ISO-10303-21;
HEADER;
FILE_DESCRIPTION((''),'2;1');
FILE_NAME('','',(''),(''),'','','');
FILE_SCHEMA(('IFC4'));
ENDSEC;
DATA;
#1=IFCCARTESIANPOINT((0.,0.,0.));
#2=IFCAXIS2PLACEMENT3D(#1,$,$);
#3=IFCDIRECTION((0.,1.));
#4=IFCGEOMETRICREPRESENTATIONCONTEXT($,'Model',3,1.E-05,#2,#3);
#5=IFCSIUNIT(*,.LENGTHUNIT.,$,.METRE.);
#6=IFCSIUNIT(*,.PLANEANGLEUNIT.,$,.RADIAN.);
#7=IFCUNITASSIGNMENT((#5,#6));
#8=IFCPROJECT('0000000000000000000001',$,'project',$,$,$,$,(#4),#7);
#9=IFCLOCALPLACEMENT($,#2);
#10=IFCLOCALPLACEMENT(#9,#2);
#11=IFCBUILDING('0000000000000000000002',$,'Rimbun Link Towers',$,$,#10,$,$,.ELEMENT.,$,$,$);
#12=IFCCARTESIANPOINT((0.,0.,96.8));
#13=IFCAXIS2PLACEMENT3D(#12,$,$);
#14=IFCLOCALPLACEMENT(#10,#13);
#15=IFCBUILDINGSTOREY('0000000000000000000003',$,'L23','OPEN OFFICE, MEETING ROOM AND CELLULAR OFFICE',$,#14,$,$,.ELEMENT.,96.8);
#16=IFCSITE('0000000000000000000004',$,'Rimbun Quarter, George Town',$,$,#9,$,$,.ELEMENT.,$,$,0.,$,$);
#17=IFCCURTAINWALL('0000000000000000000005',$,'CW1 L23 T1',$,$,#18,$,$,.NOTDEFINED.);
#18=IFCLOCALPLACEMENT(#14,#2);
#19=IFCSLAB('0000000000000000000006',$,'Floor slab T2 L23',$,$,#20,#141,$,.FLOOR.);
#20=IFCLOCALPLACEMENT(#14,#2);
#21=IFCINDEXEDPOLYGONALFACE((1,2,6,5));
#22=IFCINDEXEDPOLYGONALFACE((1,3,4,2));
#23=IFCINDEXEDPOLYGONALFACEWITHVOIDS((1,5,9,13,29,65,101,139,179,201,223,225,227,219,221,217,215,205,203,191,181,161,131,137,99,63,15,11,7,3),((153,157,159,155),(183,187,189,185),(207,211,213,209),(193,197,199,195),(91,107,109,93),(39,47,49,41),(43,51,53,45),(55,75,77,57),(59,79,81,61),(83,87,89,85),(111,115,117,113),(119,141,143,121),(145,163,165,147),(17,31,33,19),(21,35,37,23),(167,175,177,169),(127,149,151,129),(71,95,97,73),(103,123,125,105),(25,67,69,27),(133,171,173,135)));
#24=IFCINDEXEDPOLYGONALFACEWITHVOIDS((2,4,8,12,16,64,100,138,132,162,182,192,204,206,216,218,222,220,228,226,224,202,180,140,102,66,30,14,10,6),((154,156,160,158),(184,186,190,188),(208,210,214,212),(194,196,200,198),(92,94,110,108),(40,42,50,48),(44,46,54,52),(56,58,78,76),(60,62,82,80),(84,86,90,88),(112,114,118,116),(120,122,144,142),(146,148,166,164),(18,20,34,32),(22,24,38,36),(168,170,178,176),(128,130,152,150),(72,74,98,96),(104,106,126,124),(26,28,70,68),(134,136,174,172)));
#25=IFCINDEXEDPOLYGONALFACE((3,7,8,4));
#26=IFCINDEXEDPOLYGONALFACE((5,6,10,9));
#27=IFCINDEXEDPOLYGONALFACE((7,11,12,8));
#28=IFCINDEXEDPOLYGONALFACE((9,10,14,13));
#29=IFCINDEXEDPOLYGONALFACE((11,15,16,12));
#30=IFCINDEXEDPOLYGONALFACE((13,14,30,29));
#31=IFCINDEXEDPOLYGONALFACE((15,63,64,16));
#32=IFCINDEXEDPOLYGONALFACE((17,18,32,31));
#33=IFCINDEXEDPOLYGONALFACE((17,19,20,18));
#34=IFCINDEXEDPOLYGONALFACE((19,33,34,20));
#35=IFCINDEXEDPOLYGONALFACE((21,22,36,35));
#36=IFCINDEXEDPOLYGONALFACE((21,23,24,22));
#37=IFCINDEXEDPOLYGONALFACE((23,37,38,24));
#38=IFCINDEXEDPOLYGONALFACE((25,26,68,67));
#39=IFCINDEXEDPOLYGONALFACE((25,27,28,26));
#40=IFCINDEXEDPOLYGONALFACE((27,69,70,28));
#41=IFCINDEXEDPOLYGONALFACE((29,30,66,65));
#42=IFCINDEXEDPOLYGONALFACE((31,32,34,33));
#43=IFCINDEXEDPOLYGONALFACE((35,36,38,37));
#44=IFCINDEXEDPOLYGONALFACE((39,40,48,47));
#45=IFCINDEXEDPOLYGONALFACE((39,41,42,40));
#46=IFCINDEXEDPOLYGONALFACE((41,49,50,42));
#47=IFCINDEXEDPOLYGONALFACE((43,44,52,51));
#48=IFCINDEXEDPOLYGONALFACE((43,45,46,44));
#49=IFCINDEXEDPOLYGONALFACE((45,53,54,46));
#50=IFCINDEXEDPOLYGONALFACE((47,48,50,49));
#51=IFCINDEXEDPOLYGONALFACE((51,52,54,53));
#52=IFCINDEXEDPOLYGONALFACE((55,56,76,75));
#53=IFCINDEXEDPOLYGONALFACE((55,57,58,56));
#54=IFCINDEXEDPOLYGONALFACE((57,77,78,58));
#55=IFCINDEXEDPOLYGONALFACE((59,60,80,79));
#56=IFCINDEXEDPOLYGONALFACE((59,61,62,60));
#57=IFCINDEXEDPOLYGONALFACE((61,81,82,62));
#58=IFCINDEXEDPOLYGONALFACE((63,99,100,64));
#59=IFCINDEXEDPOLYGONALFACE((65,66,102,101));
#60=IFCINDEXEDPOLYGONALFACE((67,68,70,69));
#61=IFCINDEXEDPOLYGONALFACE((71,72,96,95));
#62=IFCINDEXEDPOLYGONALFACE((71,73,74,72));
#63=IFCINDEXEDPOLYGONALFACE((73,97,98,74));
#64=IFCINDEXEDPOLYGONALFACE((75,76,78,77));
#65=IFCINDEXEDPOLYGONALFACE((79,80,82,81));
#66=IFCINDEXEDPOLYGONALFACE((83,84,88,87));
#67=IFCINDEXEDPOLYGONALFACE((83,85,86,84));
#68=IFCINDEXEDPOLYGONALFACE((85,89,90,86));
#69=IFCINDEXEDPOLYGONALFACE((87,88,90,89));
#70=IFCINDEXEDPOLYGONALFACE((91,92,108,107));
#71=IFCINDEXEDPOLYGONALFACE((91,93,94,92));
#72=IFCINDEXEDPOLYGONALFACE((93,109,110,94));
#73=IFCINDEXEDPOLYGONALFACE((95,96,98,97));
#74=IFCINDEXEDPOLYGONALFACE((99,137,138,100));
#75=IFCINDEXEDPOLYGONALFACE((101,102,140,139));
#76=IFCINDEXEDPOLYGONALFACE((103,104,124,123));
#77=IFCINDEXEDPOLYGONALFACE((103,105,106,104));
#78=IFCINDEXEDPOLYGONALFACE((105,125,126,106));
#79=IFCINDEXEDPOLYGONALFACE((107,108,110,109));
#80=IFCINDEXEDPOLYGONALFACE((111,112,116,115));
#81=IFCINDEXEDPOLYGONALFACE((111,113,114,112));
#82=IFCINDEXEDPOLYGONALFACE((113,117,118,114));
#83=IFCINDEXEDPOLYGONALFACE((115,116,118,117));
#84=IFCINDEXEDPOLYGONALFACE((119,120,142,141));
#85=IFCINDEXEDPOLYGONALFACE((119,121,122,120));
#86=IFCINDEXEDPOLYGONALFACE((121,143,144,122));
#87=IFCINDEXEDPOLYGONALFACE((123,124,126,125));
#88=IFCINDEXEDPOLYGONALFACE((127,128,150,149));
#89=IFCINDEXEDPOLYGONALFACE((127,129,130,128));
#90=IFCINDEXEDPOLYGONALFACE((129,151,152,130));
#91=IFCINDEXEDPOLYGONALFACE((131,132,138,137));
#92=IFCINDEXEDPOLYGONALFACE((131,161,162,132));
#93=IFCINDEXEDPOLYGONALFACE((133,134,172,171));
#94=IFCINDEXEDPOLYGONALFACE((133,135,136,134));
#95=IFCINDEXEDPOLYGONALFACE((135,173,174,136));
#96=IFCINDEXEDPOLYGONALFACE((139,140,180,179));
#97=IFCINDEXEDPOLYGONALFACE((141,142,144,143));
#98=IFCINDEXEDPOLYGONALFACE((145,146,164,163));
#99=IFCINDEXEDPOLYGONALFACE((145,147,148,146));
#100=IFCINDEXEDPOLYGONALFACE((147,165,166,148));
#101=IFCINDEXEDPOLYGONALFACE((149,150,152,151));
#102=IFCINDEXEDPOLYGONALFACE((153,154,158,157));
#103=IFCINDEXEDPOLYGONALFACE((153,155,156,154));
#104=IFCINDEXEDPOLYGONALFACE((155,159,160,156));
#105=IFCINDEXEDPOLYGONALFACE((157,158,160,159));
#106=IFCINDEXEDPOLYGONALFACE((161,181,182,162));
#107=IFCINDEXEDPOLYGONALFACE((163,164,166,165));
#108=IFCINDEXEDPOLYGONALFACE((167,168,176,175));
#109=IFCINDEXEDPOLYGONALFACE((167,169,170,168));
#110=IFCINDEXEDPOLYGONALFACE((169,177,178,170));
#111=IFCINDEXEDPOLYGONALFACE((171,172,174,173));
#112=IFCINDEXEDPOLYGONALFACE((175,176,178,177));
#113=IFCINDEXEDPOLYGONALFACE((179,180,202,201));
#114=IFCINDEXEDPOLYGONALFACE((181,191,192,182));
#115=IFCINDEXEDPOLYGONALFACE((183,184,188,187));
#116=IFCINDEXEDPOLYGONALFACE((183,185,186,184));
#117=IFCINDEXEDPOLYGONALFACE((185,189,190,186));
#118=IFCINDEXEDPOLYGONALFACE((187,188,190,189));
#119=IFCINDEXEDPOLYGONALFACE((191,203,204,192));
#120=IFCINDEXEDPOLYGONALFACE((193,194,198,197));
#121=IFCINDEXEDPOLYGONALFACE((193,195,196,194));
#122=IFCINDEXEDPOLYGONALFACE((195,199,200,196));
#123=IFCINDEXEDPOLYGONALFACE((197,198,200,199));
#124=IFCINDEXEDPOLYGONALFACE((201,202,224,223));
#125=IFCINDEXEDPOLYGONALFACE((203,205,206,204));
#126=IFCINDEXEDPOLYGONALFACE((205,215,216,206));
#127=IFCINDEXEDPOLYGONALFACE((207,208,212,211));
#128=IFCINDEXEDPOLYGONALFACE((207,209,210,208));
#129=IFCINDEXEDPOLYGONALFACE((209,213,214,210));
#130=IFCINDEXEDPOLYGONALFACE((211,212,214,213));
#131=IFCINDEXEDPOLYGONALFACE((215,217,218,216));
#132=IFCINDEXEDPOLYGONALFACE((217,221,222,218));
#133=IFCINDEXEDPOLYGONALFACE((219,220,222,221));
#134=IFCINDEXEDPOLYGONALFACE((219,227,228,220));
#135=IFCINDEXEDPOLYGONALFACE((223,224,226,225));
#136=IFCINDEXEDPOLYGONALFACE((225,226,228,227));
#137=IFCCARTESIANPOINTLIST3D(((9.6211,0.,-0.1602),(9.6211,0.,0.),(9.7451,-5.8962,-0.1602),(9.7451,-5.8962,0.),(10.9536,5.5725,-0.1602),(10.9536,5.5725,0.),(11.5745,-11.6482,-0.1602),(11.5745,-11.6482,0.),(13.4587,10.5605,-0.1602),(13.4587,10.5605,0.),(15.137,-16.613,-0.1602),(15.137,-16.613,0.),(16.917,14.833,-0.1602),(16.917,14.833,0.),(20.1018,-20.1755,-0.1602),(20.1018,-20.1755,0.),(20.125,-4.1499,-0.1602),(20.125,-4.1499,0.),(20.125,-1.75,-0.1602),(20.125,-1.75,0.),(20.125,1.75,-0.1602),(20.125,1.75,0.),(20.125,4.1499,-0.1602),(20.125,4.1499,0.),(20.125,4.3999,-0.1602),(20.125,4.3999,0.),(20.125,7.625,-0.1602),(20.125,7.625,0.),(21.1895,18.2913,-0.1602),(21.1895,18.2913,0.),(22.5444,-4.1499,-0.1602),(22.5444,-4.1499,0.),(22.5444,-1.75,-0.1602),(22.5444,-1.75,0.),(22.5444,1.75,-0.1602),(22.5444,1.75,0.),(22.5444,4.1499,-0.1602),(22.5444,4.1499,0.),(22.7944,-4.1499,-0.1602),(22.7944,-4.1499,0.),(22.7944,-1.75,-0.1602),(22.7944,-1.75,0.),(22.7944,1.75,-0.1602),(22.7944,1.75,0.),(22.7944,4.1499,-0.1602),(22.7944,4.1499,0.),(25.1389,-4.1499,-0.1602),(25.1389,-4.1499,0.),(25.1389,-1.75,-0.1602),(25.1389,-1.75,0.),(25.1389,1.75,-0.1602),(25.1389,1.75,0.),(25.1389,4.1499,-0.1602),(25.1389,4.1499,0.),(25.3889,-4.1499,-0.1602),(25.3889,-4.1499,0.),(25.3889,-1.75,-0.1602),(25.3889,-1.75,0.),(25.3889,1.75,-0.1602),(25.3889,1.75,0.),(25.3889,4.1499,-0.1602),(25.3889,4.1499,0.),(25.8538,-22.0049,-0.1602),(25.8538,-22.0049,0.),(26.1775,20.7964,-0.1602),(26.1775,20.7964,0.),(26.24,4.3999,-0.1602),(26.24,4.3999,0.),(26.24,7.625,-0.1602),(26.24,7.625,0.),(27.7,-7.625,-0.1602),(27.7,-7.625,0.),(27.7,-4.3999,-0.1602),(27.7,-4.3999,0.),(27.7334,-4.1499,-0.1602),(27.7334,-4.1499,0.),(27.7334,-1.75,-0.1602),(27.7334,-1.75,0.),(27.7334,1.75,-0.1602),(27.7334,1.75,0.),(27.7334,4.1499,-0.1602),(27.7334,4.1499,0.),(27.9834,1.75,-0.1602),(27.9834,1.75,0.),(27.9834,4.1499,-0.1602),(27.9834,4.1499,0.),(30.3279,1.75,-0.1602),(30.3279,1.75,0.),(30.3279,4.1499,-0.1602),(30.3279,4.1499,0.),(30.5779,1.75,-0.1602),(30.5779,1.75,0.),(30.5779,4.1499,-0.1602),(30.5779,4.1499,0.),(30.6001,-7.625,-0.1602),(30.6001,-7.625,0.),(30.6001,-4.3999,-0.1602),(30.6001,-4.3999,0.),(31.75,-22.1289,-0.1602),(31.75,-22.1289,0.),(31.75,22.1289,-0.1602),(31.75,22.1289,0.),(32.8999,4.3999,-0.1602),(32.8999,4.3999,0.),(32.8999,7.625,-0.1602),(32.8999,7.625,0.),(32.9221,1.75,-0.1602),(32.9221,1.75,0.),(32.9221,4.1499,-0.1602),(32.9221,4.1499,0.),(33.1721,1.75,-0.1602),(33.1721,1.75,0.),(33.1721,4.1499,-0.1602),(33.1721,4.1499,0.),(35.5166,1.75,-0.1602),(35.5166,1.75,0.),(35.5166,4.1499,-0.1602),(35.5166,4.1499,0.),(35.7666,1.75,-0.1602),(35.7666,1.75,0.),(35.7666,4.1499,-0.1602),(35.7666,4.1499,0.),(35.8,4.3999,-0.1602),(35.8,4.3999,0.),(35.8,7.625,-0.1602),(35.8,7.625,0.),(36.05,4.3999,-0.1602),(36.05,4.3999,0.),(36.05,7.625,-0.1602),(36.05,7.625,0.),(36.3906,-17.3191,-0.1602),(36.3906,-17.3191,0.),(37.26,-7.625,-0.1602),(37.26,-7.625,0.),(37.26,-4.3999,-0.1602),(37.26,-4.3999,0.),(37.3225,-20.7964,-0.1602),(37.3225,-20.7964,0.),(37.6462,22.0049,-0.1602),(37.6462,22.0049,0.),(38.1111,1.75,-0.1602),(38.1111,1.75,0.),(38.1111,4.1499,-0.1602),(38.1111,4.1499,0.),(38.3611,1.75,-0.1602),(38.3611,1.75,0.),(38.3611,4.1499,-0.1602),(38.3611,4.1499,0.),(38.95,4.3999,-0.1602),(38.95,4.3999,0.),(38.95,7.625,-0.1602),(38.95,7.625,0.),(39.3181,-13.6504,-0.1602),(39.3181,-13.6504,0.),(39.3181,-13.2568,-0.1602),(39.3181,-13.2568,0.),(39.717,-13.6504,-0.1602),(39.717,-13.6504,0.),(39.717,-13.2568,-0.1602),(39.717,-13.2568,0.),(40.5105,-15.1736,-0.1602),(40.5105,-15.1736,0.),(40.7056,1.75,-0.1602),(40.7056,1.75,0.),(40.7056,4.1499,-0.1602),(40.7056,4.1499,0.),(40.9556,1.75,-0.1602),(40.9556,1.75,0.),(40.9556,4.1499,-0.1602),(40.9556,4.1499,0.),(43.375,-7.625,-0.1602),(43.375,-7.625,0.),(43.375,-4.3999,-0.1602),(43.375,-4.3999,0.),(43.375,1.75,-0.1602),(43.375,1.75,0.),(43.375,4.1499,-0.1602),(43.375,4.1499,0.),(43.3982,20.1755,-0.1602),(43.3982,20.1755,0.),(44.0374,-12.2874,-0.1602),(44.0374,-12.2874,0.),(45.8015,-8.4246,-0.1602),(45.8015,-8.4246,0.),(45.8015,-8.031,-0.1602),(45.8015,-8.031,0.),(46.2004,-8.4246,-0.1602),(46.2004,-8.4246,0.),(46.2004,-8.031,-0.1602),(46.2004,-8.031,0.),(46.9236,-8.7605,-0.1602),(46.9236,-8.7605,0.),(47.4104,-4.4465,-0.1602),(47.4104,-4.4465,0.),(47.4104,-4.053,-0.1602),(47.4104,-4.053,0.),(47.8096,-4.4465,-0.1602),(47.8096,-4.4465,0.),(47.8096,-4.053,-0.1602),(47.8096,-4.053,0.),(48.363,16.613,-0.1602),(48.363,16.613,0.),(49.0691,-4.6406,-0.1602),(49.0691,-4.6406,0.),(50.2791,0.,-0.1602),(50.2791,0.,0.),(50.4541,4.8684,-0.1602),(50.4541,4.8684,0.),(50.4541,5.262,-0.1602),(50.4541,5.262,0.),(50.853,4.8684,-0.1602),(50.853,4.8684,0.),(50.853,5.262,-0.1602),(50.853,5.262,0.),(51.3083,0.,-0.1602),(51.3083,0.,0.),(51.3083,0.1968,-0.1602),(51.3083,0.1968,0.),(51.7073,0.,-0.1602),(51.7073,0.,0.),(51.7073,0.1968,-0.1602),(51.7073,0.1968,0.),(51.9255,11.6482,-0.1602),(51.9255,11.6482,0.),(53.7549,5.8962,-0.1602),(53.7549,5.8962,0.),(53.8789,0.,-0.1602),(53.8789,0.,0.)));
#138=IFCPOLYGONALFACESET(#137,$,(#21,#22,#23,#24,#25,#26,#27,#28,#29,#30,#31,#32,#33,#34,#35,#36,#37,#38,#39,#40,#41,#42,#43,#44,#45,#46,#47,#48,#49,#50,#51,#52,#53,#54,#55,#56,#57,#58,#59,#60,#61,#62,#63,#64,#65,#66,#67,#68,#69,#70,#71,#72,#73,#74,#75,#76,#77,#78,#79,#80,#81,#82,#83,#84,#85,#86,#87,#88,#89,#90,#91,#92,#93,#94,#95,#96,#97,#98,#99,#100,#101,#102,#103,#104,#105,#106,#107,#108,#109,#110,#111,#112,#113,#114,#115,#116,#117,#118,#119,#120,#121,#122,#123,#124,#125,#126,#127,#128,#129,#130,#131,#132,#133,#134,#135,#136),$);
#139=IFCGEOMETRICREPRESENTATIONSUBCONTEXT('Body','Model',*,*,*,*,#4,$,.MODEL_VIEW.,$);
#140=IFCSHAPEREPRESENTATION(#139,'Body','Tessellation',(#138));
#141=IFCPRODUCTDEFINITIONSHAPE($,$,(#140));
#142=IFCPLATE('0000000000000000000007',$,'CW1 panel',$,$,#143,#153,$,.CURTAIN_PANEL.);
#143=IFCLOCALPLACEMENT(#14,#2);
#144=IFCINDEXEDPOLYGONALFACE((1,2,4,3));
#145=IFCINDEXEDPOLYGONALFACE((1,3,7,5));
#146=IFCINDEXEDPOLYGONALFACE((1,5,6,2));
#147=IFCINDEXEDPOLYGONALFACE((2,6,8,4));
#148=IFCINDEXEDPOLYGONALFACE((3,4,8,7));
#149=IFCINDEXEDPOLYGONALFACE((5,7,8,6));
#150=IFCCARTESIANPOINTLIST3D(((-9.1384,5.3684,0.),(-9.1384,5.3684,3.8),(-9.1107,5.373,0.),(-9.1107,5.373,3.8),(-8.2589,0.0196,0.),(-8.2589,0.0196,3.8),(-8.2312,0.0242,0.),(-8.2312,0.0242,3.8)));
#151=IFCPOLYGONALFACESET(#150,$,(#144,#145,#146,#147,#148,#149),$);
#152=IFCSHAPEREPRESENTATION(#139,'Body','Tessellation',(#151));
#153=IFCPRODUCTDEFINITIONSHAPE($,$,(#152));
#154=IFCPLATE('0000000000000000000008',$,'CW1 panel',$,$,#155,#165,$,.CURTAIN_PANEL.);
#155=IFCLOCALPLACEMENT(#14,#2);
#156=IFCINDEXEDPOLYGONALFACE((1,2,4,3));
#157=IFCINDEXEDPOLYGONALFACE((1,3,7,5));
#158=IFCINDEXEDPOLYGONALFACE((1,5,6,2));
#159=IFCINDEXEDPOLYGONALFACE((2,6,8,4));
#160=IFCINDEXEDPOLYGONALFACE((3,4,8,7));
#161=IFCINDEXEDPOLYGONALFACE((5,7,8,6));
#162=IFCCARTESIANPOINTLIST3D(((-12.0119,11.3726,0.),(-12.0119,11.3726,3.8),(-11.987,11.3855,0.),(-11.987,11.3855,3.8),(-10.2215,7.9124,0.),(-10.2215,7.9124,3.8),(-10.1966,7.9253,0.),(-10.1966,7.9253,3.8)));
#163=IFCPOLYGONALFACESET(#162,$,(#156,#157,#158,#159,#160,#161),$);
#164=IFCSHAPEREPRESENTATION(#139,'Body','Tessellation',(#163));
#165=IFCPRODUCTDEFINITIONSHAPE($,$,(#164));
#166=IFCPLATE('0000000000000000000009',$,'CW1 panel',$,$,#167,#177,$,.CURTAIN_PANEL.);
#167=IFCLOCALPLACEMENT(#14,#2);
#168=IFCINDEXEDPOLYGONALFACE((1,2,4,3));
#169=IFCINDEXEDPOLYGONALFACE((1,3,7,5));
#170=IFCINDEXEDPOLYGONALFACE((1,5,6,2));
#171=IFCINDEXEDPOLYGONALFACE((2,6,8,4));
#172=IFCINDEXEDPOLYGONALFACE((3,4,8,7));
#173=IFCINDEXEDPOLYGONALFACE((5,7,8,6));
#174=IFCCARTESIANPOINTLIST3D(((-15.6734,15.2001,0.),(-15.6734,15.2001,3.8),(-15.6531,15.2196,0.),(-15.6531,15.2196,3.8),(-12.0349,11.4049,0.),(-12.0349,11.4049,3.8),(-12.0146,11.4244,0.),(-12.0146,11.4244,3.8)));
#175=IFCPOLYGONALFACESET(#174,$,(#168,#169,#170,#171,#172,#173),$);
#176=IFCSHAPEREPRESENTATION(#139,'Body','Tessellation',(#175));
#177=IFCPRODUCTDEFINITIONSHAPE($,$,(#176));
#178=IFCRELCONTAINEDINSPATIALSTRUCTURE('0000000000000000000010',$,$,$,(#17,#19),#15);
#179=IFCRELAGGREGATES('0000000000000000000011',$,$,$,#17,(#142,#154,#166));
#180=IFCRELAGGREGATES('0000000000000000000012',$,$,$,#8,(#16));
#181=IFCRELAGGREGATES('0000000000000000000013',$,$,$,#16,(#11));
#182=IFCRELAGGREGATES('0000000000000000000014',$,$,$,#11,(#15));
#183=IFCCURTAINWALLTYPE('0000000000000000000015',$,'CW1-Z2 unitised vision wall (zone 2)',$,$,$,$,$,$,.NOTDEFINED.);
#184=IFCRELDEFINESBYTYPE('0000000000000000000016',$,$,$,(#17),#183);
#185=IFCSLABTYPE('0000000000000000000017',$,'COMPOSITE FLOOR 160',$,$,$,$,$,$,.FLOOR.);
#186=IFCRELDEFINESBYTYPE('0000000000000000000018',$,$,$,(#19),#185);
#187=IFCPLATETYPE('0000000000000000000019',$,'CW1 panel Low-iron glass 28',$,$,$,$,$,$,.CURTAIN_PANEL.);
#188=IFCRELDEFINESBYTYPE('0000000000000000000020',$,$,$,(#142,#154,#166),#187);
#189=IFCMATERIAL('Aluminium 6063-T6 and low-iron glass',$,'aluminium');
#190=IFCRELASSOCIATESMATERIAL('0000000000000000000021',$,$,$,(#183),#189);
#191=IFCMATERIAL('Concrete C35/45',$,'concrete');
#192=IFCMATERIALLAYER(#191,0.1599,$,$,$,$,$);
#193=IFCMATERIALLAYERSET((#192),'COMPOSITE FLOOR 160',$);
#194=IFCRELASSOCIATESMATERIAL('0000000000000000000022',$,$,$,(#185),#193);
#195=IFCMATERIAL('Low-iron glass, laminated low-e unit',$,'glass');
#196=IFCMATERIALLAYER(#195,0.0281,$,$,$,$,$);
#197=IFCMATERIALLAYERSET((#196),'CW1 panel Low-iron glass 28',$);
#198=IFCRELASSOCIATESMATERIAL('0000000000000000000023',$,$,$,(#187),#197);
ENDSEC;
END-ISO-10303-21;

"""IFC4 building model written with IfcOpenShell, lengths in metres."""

from ifc_helpers import new_model, si_unit, direction, frame, origin, origin_2d, place, context, subcontext, project, spatial, polyline, rectangle, outline, extrude, material, layer, layer_set, type_object, element, aggregate, save


model = new_model("IFC4")

# Units and contexts
model_context = context("Model", 3, precision=1e-05, world=origin(), true_north=direction((0.0, 1.0)))
body_context = subcontext(model_context, "Body", "Model", "MODEL_VIEW")
ifc_project = project(units=[si_unit("LENGTHUNIT", "METRE"), si_unit("PLANEANGLEUNIT", "RADIAN")], contexts=[model_context])

# Site, building, storey
site_placement = place(None, origin())
site = spatial("IfcSite", under=ifc_project, at=site_placement, Name="Rimbun Quarter, George Town", CompositionType="ELEMENT", RefElevation=0.0)
building_placement = place(site_placement, origin())
building = spatial("IfcBuilding", under=site, at=building_placement, Name="Rimbun Link Towers", CompositionType="ELEMENT")
storey_placement = place(building_placement, frame((0.0, 0.0, 96.8)))
storey = spatial("IfcBuildingStorey", under=building, at=storey_placement, Name="L23", Description="OPEN OFFICE, MEETING ROOM AND CELLULAR OFFICE", CompositionType="ELEMENT", Elevation=96.8)

# Curtain wall
ifc_material_1 = material(Name="Aluminium 6063-T6 and low-iron glass", Category="aluminium")
curtain_wall_type = type_object("IfcCurtainWallType", Name="CW1-Z2 unitised vision wall (zone 2)", PredefinedType="NOTDEFINED", material=ifc_material_1)
curtain_wall_placement = place(storey_placement, origin())
curtain_wall = element("IfcCurtainWall", 1, at=curtain_wall_placement, inside=storey, type_object=curtain_wall_type, Name="CW1 L23 T1", PredefinedType="NOTDEFINED")

# Slab
ifc_material_2 = material(Name="Concrete C35/45", Category="concrete")
ifc_layer_1 = layer(ifc_material_2, 0.1599)
ifc_layer_set_1 = layer_set([ifc_layer_1], Name="COMPOSITE FLOOR 160")
slab_type = type_object("IfcSlabType", Name="COMPOSITE FLOOR 160", PredefinedType="FLOOR", material=ifc_layer_set_1)
slab_placement = place(storey_placement, frame((0.0, 0.0, -0.1602)))
element("IfcSlab", 2, at=slab_placement, inside=storey, type_object=slab_type, Name="Floor slab T2 L23", PredefinedType="FLOOR", context=body_context, shape_type="SweptSolid", body=[
    extrude(outline(polyline([(50.2791, 0.0), (49.0691, -4.6406), (46.9236, -8.7605), (44.0374, -12.2874), (40.5105, -15.1736), (36.3906, -17.3191), (37.3225, -20.7964), (31.75, -22.1289), (25.8538, -22.0049), (20.1018, -20.1755), (15.137, -16.613), (11.5745, -11.6482), (9.7451, -5.8962), (9.6211, 0.0), (10.9536, 5.5725), (13.4587, 10.5605), (16.917, 14.833), (21.1895, 18.2913), (26.1775, 20.7964), (31.75, 22.1289), (37.6462, 22.0049), (43.3982, 20.1755), (48.363, 16.613), (51.9255, 11.6482), (53.7549, 5.8962), (53.8789, 0.0), (51.7073, 0.0), (51.7073, 0.1968), (51.3083, 0.1968), (51.3083, 0.0), (50.2791, 0.0)]), holes=[polyline([(30.6001, -7.625), (30.6001, -4.3999), (27.7, -4.3999), (27.7, -7.625), (30.6001, -7.625)]), polyline([(22.5444, -4.1499), (22.5444, -1.75), (20.125, -1.75), (20.125, -4.1499), (22.5444, -4.1499)]), polyline([(25.1389, -4.1499), (25.1389, -1.75), (22.7944, -1.75), (22.7944, -4.1499), (25.1389, -4.1499)]), polyline([(25.3889, -4.1499), (27.7334, -4.1499), (27.7334, -1.75), (25.3889, -1.75), (25.3889, -4.1499)]), polyline([(20.125, 1.75), (22.5444, 1.75), (22.5444, 4.1499), (20.125, 4.1499), (20.125, 1.75)]), polyline([(25.1389, 1.75), (25.1389, 4.1499), (22.7944, 4.1499), (22.7944, 1.75), (25.1389, 1.75)]), polyline([(25.3889, 1.75), (27.7334, 1.75), (27.7334, 4.1499), (25.3889, 4.1499), (25.3889, 1.75)]), polyline([(27.9834, 1.75), (30.3279, 1.75), (30.3279, 4.1499), (27.9834, 4.1499), (27.9834, 1.75)]), polyline([(32.9221, 1.75), (32.9221, 4.1499), (30.5779, 4.1499), (30.5779, 1.75), (32.9221, 1.75)]), polyline([(33.1721, 1.75), (35.5166, 1.75), (35.5166, 4.1499), (33.1721, 4.1499), (33.1721, 1.75)]), polyline([(20.125, 4.3999), (26.24, 4.3999), (26.24, 7.625), (20.125, 7.625), (20.125, 4.3999)]), polyline([(39.717, -13.6504), (39.717, -13.2568), (39.3181, -13.2568), (39.3181, -13.6504), (39.717, -13.6504)]), polyline([(46.2004, -8.4246), (46.2004, -8.031), (45.8015, -8.031), (45.8015, -8.4246), (46.2004, -8.4246)]), polyline([(43.375, -7.625), (43.375, -4.3999), (37.26, -4.3999), (37.26, -7.625), (43.375, -7.625)]), polyline([(47.4104, -4.4465), (47.8096, -4.4465), (47.8096, -4.053), (47.4104, -4.053), (47.4104, -4.4465)]), polyline([(38.1111, 1.75), (38.1111, 4.1499), (35.7666, 4.1499), (35.7666, 1.75), (38.1111, 1.75)]), polyline([(38.3611, 1.75), (40.7056, 1.75), (40.7056, 4.1499), (38.3611, 4.1499), (38.3611, 1.75)]), polyline([(40.9556, 1.75), (43.375, 1.75), (43.375, 4.1499), (40.9556, 4.1499), (40.9556, 1.75)]), polyline([(50.853, 4.8684), (50.853, 5.262), (50.4541, 5.262), (50.4541, 4.8684), (50.853, 4.8684)]), polyline([(32.8999, 4.3999), (35.8, 4.3999), (35.8, 7.625), (32.8999, 7.625), (32.8999, 4.3999)]), polyline([(36.05, 4.3999), (38.95, 4.3999), (38.95, 7.625), (36.05, 7.625), (36.05, 4.3999)])]), origin(), (0.0, 0.0, 1.0), 0.1602),
])

# Plates
ifc_material_3 = material(Name="Low-iron glass, laminated low-e unit", Category="glass")
ifc_layer_2 = layer(ifc_material_3, 0.0281)
ifc_layer_set_2 = layer_set([ifc_layer_2], Name="CW1 panel Low-iron glass 28")
plate_type = type_object("IfcPlateType", Name="CW1 panel Low-iron glass 28", PredefinedType="CURTAIN_PANEL", material=ifc_layer_set_2)
plate_1_placement = place(storey_placement, frame((-8.6848, 2.6963, 0.0), z_axis=(0.0, 0.0, 1.0), x_axis=(0.16226, -0.986748, 0.0)))
plate_1 = element("IfcPlate", 3, at=plate_1_placement, type_object=plate_type, Name="CW1 panel", PredefinedType="CURTAIN_PANEL", context=body_context, shape_type="SweptSolid", body=[
    extrude(rectangle(XDim=5.4207, YDim=0.0281, at=origin_2d()), origin(), (0.0, 0.0, 1.0), 3.8),
])
plate_2_placement = place(storey_placement, frame((-11.1042, 9.6489, 0.0), z_axis=(0.0, 0.0, 1.0), x_axis=(0.459556, -0.888149, 0.0)))
plate_2 = element("IfcPlate", 4, at=plate_2_placement, type_object=plate_type, Name="CW1 panel", PredefinedType="CURTAIN_PANEL", context=body_context, shape_type="SweptSolid", body=[
    extrude(rectangle(XDim=3.896, YDim=0.0281, at=origin_2d()), origin(), (0.0, 0.0, 1.0), 3.8),
])
plate_3_placement = place(storey_placement, frame((-13.844, 13.3123, 0.0), z_axis=(0.0, 0.0, 1.0), x_axis=(0.692045, -0.721854, 0.0)))
plate_3 = element("IfcPlate", 5, at=plate_3_placement, type_object=plate_type, Name="CW1 panel", PredefinedType="CURTAIN_PANEL", context=body_context, shape_type="SweptSolid", body=[
    extrude(rectangle(XDim=5.2576, YDim=0.0281, at=origin_2d()), origin(), (0.0, 0.0, 1.0), 3.8),
])
aggregate(curtain_wall, [plate_1, plate_2, plate_3])

save(model, "model.ifc")
